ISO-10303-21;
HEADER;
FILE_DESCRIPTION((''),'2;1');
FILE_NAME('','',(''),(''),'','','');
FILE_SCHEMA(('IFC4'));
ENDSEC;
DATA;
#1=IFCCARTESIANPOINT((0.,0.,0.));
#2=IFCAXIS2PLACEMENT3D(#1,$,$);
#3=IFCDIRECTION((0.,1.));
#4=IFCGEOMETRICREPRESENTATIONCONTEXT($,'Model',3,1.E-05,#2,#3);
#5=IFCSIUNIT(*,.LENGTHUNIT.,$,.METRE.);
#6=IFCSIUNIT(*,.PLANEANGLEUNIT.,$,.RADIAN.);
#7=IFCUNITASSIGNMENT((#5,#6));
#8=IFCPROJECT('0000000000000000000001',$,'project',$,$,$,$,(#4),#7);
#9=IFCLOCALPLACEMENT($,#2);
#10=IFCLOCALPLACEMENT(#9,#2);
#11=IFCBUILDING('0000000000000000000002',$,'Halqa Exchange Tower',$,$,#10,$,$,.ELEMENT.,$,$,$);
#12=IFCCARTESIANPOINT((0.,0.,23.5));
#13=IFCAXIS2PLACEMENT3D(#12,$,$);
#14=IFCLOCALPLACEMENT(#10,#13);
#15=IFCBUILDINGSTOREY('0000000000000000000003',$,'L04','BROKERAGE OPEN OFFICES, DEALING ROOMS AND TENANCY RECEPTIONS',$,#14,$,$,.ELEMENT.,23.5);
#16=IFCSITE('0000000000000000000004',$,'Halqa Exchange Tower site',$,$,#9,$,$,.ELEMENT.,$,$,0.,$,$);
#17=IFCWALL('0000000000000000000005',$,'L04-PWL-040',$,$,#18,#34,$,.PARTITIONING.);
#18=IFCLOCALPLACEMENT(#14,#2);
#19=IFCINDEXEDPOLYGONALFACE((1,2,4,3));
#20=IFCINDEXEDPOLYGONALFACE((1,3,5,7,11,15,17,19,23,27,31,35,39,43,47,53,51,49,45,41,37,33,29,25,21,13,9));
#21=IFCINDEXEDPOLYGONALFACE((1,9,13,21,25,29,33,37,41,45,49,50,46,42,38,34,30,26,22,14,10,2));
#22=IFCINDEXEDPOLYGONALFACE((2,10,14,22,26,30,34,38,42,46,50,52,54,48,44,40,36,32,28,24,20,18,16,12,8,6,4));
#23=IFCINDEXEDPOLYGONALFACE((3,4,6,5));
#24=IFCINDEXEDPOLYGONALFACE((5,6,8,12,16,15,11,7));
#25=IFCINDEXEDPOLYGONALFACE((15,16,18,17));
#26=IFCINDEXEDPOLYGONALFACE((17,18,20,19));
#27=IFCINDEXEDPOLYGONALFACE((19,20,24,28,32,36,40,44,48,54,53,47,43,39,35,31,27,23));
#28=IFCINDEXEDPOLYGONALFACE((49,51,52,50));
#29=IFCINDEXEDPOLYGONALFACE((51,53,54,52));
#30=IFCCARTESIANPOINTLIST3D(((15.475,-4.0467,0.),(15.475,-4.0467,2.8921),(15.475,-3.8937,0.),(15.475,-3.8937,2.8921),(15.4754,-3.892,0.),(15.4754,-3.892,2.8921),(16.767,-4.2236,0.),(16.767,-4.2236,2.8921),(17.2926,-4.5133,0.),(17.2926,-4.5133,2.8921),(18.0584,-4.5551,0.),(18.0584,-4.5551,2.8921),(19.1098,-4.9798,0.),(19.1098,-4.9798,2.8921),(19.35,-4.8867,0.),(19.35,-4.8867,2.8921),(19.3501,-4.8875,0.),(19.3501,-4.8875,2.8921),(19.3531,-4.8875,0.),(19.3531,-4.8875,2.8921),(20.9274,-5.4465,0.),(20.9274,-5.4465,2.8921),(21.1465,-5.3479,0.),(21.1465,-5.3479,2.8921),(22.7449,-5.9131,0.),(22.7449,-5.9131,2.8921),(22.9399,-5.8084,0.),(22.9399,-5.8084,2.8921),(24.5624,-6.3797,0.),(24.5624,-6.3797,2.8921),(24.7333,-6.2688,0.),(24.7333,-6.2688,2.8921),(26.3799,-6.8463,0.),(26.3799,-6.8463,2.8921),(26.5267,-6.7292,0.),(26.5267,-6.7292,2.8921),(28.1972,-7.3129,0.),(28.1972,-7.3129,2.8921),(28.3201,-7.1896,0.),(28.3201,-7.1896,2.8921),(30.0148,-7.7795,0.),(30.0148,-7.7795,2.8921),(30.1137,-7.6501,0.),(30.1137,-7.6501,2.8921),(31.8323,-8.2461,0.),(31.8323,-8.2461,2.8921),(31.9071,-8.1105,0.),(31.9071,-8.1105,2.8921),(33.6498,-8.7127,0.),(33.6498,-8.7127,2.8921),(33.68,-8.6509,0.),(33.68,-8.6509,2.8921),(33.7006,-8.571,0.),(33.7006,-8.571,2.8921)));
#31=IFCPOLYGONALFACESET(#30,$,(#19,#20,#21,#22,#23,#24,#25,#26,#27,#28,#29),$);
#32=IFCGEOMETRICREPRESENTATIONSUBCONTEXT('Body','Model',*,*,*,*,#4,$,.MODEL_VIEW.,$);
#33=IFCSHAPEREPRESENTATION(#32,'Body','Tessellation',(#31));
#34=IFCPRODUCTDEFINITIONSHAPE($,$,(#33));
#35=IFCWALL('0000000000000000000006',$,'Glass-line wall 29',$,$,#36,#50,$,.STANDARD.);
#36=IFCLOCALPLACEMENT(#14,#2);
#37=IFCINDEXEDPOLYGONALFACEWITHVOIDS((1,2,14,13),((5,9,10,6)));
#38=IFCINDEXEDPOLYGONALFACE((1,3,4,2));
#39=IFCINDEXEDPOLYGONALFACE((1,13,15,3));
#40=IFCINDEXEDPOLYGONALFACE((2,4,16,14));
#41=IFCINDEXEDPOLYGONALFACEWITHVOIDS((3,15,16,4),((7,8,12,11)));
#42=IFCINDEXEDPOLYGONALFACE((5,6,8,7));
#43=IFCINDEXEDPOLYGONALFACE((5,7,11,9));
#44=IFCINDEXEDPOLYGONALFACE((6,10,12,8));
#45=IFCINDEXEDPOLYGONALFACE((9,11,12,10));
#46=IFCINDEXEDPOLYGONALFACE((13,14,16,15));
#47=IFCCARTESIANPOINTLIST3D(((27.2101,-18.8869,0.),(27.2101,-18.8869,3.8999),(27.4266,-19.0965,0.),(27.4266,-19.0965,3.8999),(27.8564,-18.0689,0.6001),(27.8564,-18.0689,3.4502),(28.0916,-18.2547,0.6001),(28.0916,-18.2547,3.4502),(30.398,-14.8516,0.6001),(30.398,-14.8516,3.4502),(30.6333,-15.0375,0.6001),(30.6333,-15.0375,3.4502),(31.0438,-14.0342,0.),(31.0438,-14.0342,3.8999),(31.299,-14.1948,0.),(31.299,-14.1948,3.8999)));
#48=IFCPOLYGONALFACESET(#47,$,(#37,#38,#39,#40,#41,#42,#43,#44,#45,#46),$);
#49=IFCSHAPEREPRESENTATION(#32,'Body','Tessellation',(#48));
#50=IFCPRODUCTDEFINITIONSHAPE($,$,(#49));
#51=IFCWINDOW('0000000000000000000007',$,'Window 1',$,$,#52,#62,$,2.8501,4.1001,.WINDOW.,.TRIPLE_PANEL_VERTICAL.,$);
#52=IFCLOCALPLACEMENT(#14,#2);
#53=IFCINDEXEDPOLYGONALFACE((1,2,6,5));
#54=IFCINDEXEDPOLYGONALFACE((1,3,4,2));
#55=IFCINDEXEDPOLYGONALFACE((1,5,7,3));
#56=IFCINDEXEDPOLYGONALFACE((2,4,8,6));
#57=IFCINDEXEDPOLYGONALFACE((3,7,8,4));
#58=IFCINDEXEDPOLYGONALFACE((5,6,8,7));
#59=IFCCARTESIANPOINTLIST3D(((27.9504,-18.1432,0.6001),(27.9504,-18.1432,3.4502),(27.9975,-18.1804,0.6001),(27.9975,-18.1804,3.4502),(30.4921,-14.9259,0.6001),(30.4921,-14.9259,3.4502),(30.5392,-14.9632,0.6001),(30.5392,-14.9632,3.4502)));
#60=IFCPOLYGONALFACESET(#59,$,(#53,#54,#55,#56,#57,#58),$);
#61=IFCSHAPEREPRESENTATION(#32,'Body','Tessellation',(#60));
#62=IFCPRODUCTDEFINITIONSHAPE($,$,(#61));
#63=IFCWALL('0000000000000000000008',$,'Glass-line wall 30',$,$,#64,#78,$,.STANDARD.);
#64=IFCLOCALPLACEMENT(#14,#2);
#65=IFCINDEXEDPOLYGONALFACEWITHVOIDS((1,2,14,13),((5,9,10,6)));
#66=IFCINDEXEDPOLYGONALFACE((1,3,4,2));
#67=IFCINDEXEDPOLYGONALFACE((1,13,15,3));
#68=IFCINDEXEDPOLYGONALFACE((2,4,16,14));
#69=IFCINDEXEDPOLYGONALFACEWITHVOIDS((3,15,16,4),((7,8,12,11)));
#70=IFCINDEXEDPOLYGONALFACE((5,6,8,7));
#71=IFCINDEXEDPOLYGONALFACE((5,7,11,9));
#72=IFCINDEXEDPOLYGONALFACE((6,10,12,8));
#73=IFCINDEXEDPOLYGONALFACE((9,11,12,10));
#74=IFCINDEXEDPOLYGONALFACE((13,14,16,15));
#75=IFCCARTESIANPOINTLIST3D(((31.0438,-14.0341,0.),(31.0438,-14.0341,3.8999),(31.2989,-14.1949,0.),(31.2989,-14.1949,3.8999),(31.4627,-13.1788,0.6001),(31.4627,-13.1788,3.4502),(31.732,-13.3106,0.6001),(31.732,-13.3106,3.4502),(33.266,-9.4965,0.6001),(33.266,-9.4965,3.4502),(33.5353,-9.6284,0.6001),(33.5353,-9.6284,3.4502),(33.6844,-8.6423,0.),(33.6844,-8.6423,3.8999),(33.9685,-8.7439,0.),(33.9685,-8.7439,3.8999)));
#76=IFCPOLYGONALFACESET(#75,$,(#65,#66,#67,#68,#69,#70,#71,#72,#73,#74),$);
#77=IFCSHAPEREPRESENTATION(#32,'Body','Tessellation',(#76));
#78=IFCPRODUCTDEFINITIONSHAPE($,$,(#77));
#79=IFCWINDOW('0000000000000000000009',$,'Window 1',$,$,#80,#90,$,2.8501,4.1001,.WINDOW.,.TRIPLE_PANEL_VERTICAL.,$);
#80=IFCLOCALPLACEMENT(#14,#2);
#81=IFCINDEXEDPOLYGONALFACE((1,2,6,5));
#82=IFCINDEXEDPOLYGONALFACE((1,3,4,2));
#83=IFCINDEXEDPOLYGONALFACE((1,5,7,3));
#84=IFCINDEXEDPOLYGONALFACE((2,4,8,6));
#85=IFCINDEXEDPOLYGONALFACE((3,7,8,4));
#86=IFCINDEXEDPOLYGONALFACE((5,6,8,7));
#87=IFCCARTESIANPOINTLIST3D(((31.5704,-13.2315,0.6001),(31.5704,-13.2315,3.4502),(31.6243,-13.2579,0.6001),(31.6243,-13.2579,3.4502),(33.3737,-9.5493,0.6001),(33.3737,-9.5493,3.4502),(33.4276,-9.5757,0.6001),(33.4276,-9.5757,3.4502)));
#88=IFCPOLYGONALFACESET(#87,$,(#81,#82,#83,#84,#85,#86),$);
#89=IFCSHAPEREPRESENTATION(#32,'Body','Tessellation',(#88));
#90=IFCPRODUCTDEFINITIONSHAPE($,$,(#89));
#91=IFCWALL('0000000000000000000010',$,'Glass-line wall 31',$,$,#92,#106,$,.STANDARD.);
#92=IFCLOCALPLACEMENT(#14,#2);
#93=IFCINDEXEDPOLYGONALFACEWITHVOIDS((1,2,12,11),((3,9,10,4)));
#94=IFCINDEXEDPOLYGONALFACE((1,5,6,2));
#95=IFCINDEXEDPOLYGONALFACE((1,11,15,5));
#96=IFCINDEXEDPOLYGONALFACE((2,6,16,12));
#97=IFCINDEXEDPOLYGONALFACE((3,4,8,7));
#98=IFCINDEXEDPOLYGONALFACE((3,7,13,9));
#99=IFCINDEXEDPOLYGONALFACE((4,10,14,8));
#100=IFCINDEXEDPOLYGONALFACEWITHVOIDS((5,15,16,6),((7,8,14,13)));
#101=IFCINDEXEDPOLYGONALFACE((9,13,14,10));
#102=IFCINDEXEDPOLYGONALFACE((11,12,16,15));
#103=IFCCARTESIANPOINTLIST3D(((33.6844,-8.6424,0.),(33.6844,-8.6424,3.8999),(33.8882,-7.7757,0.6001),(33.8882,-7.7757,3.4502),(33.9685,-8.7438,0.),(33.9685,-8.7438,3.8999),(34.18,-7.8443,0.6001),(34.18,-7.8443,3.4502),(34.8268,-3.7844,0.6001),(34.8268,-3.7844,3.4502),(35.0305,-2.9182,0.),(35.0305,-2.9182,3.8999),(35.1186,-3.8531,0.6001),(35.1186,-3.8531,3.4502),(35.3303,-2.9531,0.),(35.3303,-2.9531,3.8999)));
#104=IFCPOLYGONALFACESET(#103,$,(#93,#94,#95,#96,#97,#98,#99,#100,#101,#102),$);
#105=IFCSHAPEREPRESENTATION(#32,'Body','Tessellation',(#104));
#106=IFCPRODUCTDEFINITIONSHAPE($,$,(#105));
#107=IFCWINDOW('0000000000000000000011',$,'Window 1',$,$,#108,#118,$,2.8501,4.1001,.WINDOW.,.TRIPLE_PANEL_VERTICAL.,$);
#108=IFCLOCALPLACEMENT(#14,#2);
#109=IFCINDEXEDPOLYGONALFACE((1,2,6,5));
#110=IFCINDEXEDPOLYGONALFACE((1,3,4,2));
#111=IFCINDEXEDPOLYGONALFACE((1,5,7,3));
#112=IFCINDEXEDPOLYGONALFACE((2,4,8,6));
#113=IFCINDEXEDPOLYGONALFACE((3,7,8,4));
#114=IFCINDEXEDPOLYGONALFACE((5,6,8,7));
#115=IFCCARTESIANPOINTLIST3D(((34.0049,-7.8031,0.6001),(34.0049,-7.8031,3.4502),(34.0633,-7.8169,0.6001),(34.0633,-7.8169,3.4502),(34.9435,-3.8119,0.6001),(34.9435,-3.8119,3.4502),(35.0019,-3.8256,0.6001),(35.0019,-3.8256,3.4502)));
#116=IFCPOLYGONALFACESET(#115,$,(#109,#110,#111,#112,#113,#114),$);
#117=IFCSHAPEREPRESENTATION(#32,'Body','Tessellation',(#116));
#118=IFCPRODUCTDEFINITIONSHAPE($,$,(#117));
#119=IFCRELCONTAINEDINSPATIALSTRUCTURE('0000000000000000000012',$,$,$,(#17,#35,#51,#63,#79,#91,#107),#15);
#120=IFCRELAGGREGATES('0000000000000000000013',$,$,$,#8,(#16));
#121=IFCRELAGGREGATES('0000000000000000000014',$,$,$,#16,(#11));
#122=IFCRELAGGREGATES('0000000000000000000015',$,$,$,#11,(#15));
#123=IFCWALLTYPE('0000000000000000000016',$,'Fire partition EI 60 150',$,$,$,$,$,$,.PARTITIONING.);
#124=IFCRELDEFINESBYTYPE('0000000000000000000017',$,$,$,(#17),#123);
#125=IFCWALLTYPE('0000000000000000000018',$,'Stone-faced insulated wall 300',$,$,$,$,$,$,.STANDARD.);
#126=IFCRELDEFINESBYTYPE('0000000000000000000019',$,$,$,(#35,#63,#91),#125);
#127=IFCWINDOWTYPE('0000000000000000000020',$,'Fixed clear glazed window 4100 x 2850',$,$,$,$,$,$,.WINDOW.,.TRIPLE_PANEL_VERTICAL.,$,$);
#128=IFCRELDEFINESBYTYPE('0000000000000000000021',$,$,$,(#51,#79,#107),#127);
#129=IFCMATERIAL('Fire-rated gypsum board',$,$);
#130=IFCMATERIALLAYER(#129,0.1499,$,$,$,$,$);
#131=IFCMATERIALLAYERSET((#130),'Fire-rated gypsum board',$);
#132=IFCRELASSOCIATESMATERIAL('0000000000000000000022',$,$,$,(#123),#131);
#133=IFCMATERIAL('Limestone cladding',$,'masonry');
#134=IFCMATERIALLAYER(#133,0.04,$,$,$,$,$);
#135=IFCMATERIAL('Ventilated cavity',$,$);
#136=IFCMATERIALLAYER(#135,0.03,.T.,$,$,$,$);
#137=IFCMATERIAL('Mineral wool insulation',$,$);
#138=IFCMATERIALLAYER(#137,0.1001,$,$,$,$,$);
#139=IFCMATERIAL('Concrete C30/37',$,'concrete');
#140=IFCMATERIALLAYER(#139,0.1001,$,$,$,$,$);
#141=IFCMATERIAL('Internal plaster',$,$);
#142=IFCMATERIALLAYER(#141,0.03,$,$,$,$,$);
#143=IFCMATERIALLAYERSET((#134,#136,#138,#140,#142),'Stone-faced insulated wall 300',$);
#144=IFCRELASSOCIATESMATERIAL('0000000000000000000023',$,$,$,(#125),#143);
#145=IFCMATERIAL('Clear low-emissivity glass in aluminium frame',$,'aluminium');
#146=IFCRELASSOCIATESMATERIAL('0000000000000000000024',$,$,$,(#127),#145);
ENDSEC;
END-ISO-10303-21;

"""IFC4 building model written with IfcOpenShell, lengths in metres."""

from ifc_helpers import new_model, si_unit, direction, frame, frame_2d, origin, place, context, subcontext, project, spatial, polyline, rectangle, outline, extrude, material, layer, layer_set, type_object, element, fill, save


model = new_model("IFC4")

# Units and contexts
model_context = context("Model", 3, precision=1e-05, world=origin(), true_north=direction((0.0, 1.0)))
body_context = subcontext(model_context, "Body", "Model", "MODEL_VIEW")
ifc_project = project(units=[si_unit("LENGTHUNIT", "METRE"), si_unit("PLANEANGLEUNIT", "RADIAN")], contexts=[model_context])

# Site, building, storey
site_placement = place(None, origin())
site = spatial("IfcSite", under=ifc_project, at=site_placement, Name="Halqa Exchange Tower site", CompositionType="ELEMENT", RefElevation=0.0)
building_placement = place(site_placement, origin())
building = spatial("IfcBuilding", under=site, at=building_placement, Name="Halqa Exchange Tower", CompositionType="ELEMENT")
storey_placement = place(building_placement, frame((0.0, 0.0, 23.5)))
storey = spatial("IfcBuildingStorey", under=building, at=storey_placement, Name="L04", Description="BROKERAGE OPEN OFFICES, DEALING ROOMS AND TENANCY RECEPTIONS", CompositionType="ELEMENT", Elevation=23.5)

# Wall
ifc_material_1 = material(Name="Fire-rated gypsum board")
ifc_layer_1 = layer(ifc_material_1, 0.1499)
ifc_layer_set_1 = layer_set([ifc_layer_1], Name="Fire-rated gypsum board")
wall_type_1 = type_object("IfcWallType", Name="Fire partition EI 60 150", PredefinedType="PARTITIONING", material=ifc_layer_set_1)
wall_1_placement = place(storey_placement, frame((15.4568, -3.9646, 0.0), z_axis=(0.0, 0.0, 1.0), x_axis=(0.968589, -0.248667, 0.0)))
element("IfcWall", 1, at=wall_1_placement, inside=storey, type_object=wall_type_1, Name="L04-PWL-040", PredefinedType="PARTITIONING", context=body_context, shape_type="SweptSolid", body=[
    extrude(outline(polyline([(0.0381, -0.075), (1.9146, -0.075), (3.7908, -0.075), (5.6672, -0.075), (7.5437, -0.075), (9.4202, -0.075), (11.2966, -0.075), (13.1729, -0.075), (15.0493, -0.075), (16.9258, -0.075), (18.8022, -0.075), (18.8162, -0.0076), (18.8162, 0.075), (16.9646, 0.075), (15.113, 0.075), (13.2612, 0.075), (11.4097, 0.075), (9.5581, 0.075), (7.7065, 0.075), (5.855, 0.075), (4.0034, 0.075), (4.0005, 0.0742), (4.0002, 0.075), (2.6667, 0.075), (1.3335, 0.075), (0.0, 0.075), (0.0, 0.0732), (0.0381, -0.075)])), origin(), (0.0, 0.0, 1.0), 2.8921),
])

# Walls, openings, windows
ifc_material_2 = material(Name="Limestone cladding", Category="masonry")
ifc_layer_2 = layer(ifc_material_2, 0.04)
ifc_material_3 = material(Name="Ventilated cavity")
ifc_layer_3 = layer(ifc_material_3, 0.03, ventilated=True)
ifc_material_4 = material(Name="Mineral wool insulation")
ifc_layer_4 = layer(ifc_material_4, 0.1001)
ifc_material_5 = material(Name="Concrete C30/37", Category="concrete")
ifc_layer_5 = layer(ifc_material_5, 0.1001)
ifc_material_6 = material(Name="Internal plaster")
ifc_layer_6 = layer(ifc_material_6, 0.03)
ifc_layer_set_2 = layer_set([ifc_layer_2, ifc_layer_3, ifc_layer_4, ifc_layer_5, ifc_layer_6], Name="Stone-faced insulated wall 300")
wall_type_2 = type_object("IfcWallType", Name="Stone-faced insulated wall 300", PredefinedType="STANDARD", material=ifc_layer_set_2)
wall_2_placement = place(storey_placement, frame((27.3184, -18.9917, 0.0), z_axis=(0.0, 0.0, 1.0), x_axis=(0.619903, 0.784679, 0.0)))
wall_2 = element("IfcWall", 2, at=wall_2_placement, inside=storey, type_object=wall_type_2, Name="Glass-line wall 29", PredefinedType="STANDARD", context=body_context, shape_type="SweptSolid", body=[
    extrude(outline(polyline([(-0.0151, -0.1499), (6.2317, -0.1499), (6.1995, 0.1499), (0.0151, 0.1499), (-0.0151, -0.1499)])), origin(), (0.0, 0.0, 1.0), 3.8999),
])
opening_1_placement = place(wall_2_placement, frame((1.0576, 0.0, 0.6001)))
opening_1 = element("IfcOpeningElement", 3, at=opening_1_placement, cuts=wall_2, PredefinedType="OPENING", context=body_context, shape_type="SweptSolid", body=[
    extrude(rectangle(XDim=4.1001, YDim=2.8501, at=frame_2d((2.05, 1.425))), frame((0.0, 0.1621, 0.0), z_axis=(0.0, -1.0, 0.0), x_axis=(1.0, 0.0, 0.0)), (0.0, 0.0, 1.0), 0.324),
])
ifc_material_7 = material(Name="Clear low-emissivity glass in aluminium frame", Category="aluminium")
window_type = type_object("IfcWindowType", Name="Fixed clear glazed window 4100 x 2850", PartitioningType="TRIPLE_PANEL_VERTICAL", PredefinedType="WINDOW", material=ifc_material_7)
window_1_placement = place(opening_1_placement, origin())
window_1 = element("IfcWindow", 4, at=window_1_placement, inside=storey, type_object=window_type, Name="Window 1", OverallHeight=2.8501, OverallWidth=4.1001, PartitioningType="TRIPLE_PANEL_VERTICAL", PredefinedType="WINDOW", context=body_context, shape_type="SweptSolid", body=[
    extrude(rectangle(XDim=4.1001, YDim=2.8501, at=frame_2d((2.05, 1.425))), frame((0.0, 0.03, 0.0), z_axis=(0.0, -1.0, 0.0), x_axis=(1.0, 0.0, 0.0)), (0.0, 0.0, 1.0), 0.0601),
])
fill(opening_1, window_1)
wall_3_placement = place(storey_placement, frame((31.1714, -14.1145, 0.0), z_axis=(0.0, 0.0, 1.0), x_axis=(0.439822, 0.898085, 0.0)))
wall_3 = element("IfcWall", 5, at=wall_3_placement, inside=storey, type_object=wall_type_2, Name="Glass-line wall 30", PredefinedType="STANDARD", context=body_context, shape_type="SweptSolid", body=[
    extrude(outline(polyline([(-0.0161, -0.1499), (6.0535, -0.1499), (6.0198, 0.1499), (0.0161, 0.1499), (-0.0161, -0.1499)])), origin(), (0.0, 0.0, 1.0), 3.8999),
])
opening_2_placement = place(wall_3_placement, frame((0.9685, 0.0, 0.6001)))
opening_2 = element("IfcOpeningElement", 6, at=opening_2_placement, cuts=wall_3, PredefinedType="OPENING", context=body_context, shape_type="SweptSolid", body=[
    extrude(rectangle(XDim=4.1001, YDim=2.8501, at=frame_2d((2.05, 1.425))), frame((0.0, 0.1621, 0.0), z_axis=(0.0, -1.0, 0.0), x_axis=(1.0, 0.0, 0.0)), (0.0, 0.0, 1.0), 0.324),
])
window_2_placement = place(opening_2_placement, origin())
window_2 = element("IfcWindow", 7, at=window_2_placement, inside=storey, type_object=window_type, Name="Window 1", OverallHeight=2.8501, OverallWidth=4.1001, PartitioningType="TRIPLE_PANEL_VERTICAL", PredefinedType="WINDOW", context=body_context, shape_type="SweptSolid", body=[
    extrude(rectangle(XDim=4.1001, YDim=2.8501, at=frame_2d((2.05, 1.425))), frame((0.0, 0.03, 0.0), z_axis=(0.0, -1.0, 0.0), x_axis=(1.0, 0.0, 0.0)), (0.0, 0.0, 1.0), 0.0601),
])
fill(opening_2, window_2)
wall_4_placement = place(storey_placement, frame((33.8264, -8.6931, 0.0), z_axis=(0.0, 0.0, 1.0), x_axis=(0.228924, 0.973444, 0.0)))
wall_4 = element("IfcWall", 8, at=wall_4_placement, inside=storey, type_object=wall_type_2, Name="Glass-line wall 31", PredefinedType="STANDARD", context=body_context, shape_type="SweptSolid", body=[
    extrude(outline(polyline([(-0.0168, -0.1499), (5.9319, -0.1499), (5.8972, 0.1499), (0.0168, 0.1499), (-0.0168, -0.1499)])), origin(), (0.0, 0.0, 1.0), 3.8999),
])
opening_3_placement = place(wall_4_placement, frame((0.9072, 0.0, 0.6001)))
opening_3 = element("IfcOpeningElement", 9, at=opening_3_placement, cuts=wall_4, PredefinedType="OPENING", context=body_context, shape_type="SweptSolid", body=[
    extrude(rectangle(XDim=4.1001, YDim=2.8501, at=frame_2d((2.05, 1.425))), frame((0.0, 0.1621, 0.0), z_axis=(0.0, -1.0, 0.0), x_axis=(1.0, 0.0, 0.0)), (0.0, 0.0, 1.0), 0.324),
])
window_3_placement = place(opening_3_placement, origin())
window_3 = element("IfcWindow", 10, at=window_3_placement, inside=storey, type_object=window_type, Name="Window 1", OverallHeight=2.8501, OverallWidth=4.1001, PartitioningType="TRIPLE_PANEL_VERTICAL", PredefinedType="WINDOW", context=body_context, shape_type="SweptSolid", body=[
    extrude(rectangle(XDim=4.1001, YDim=2.8501, at=frame_2d((2.05, 1.425))), frame((0.0, 0.03, 0.0), z_axis=(0.0, -1.0, 0.0), x_axis=(1.0, 0.0, 0.0)), (0.0, 0.0, 1.0), 0.0601),
])
fill(opening_3, window_3)

save(model, "model.ifc")
